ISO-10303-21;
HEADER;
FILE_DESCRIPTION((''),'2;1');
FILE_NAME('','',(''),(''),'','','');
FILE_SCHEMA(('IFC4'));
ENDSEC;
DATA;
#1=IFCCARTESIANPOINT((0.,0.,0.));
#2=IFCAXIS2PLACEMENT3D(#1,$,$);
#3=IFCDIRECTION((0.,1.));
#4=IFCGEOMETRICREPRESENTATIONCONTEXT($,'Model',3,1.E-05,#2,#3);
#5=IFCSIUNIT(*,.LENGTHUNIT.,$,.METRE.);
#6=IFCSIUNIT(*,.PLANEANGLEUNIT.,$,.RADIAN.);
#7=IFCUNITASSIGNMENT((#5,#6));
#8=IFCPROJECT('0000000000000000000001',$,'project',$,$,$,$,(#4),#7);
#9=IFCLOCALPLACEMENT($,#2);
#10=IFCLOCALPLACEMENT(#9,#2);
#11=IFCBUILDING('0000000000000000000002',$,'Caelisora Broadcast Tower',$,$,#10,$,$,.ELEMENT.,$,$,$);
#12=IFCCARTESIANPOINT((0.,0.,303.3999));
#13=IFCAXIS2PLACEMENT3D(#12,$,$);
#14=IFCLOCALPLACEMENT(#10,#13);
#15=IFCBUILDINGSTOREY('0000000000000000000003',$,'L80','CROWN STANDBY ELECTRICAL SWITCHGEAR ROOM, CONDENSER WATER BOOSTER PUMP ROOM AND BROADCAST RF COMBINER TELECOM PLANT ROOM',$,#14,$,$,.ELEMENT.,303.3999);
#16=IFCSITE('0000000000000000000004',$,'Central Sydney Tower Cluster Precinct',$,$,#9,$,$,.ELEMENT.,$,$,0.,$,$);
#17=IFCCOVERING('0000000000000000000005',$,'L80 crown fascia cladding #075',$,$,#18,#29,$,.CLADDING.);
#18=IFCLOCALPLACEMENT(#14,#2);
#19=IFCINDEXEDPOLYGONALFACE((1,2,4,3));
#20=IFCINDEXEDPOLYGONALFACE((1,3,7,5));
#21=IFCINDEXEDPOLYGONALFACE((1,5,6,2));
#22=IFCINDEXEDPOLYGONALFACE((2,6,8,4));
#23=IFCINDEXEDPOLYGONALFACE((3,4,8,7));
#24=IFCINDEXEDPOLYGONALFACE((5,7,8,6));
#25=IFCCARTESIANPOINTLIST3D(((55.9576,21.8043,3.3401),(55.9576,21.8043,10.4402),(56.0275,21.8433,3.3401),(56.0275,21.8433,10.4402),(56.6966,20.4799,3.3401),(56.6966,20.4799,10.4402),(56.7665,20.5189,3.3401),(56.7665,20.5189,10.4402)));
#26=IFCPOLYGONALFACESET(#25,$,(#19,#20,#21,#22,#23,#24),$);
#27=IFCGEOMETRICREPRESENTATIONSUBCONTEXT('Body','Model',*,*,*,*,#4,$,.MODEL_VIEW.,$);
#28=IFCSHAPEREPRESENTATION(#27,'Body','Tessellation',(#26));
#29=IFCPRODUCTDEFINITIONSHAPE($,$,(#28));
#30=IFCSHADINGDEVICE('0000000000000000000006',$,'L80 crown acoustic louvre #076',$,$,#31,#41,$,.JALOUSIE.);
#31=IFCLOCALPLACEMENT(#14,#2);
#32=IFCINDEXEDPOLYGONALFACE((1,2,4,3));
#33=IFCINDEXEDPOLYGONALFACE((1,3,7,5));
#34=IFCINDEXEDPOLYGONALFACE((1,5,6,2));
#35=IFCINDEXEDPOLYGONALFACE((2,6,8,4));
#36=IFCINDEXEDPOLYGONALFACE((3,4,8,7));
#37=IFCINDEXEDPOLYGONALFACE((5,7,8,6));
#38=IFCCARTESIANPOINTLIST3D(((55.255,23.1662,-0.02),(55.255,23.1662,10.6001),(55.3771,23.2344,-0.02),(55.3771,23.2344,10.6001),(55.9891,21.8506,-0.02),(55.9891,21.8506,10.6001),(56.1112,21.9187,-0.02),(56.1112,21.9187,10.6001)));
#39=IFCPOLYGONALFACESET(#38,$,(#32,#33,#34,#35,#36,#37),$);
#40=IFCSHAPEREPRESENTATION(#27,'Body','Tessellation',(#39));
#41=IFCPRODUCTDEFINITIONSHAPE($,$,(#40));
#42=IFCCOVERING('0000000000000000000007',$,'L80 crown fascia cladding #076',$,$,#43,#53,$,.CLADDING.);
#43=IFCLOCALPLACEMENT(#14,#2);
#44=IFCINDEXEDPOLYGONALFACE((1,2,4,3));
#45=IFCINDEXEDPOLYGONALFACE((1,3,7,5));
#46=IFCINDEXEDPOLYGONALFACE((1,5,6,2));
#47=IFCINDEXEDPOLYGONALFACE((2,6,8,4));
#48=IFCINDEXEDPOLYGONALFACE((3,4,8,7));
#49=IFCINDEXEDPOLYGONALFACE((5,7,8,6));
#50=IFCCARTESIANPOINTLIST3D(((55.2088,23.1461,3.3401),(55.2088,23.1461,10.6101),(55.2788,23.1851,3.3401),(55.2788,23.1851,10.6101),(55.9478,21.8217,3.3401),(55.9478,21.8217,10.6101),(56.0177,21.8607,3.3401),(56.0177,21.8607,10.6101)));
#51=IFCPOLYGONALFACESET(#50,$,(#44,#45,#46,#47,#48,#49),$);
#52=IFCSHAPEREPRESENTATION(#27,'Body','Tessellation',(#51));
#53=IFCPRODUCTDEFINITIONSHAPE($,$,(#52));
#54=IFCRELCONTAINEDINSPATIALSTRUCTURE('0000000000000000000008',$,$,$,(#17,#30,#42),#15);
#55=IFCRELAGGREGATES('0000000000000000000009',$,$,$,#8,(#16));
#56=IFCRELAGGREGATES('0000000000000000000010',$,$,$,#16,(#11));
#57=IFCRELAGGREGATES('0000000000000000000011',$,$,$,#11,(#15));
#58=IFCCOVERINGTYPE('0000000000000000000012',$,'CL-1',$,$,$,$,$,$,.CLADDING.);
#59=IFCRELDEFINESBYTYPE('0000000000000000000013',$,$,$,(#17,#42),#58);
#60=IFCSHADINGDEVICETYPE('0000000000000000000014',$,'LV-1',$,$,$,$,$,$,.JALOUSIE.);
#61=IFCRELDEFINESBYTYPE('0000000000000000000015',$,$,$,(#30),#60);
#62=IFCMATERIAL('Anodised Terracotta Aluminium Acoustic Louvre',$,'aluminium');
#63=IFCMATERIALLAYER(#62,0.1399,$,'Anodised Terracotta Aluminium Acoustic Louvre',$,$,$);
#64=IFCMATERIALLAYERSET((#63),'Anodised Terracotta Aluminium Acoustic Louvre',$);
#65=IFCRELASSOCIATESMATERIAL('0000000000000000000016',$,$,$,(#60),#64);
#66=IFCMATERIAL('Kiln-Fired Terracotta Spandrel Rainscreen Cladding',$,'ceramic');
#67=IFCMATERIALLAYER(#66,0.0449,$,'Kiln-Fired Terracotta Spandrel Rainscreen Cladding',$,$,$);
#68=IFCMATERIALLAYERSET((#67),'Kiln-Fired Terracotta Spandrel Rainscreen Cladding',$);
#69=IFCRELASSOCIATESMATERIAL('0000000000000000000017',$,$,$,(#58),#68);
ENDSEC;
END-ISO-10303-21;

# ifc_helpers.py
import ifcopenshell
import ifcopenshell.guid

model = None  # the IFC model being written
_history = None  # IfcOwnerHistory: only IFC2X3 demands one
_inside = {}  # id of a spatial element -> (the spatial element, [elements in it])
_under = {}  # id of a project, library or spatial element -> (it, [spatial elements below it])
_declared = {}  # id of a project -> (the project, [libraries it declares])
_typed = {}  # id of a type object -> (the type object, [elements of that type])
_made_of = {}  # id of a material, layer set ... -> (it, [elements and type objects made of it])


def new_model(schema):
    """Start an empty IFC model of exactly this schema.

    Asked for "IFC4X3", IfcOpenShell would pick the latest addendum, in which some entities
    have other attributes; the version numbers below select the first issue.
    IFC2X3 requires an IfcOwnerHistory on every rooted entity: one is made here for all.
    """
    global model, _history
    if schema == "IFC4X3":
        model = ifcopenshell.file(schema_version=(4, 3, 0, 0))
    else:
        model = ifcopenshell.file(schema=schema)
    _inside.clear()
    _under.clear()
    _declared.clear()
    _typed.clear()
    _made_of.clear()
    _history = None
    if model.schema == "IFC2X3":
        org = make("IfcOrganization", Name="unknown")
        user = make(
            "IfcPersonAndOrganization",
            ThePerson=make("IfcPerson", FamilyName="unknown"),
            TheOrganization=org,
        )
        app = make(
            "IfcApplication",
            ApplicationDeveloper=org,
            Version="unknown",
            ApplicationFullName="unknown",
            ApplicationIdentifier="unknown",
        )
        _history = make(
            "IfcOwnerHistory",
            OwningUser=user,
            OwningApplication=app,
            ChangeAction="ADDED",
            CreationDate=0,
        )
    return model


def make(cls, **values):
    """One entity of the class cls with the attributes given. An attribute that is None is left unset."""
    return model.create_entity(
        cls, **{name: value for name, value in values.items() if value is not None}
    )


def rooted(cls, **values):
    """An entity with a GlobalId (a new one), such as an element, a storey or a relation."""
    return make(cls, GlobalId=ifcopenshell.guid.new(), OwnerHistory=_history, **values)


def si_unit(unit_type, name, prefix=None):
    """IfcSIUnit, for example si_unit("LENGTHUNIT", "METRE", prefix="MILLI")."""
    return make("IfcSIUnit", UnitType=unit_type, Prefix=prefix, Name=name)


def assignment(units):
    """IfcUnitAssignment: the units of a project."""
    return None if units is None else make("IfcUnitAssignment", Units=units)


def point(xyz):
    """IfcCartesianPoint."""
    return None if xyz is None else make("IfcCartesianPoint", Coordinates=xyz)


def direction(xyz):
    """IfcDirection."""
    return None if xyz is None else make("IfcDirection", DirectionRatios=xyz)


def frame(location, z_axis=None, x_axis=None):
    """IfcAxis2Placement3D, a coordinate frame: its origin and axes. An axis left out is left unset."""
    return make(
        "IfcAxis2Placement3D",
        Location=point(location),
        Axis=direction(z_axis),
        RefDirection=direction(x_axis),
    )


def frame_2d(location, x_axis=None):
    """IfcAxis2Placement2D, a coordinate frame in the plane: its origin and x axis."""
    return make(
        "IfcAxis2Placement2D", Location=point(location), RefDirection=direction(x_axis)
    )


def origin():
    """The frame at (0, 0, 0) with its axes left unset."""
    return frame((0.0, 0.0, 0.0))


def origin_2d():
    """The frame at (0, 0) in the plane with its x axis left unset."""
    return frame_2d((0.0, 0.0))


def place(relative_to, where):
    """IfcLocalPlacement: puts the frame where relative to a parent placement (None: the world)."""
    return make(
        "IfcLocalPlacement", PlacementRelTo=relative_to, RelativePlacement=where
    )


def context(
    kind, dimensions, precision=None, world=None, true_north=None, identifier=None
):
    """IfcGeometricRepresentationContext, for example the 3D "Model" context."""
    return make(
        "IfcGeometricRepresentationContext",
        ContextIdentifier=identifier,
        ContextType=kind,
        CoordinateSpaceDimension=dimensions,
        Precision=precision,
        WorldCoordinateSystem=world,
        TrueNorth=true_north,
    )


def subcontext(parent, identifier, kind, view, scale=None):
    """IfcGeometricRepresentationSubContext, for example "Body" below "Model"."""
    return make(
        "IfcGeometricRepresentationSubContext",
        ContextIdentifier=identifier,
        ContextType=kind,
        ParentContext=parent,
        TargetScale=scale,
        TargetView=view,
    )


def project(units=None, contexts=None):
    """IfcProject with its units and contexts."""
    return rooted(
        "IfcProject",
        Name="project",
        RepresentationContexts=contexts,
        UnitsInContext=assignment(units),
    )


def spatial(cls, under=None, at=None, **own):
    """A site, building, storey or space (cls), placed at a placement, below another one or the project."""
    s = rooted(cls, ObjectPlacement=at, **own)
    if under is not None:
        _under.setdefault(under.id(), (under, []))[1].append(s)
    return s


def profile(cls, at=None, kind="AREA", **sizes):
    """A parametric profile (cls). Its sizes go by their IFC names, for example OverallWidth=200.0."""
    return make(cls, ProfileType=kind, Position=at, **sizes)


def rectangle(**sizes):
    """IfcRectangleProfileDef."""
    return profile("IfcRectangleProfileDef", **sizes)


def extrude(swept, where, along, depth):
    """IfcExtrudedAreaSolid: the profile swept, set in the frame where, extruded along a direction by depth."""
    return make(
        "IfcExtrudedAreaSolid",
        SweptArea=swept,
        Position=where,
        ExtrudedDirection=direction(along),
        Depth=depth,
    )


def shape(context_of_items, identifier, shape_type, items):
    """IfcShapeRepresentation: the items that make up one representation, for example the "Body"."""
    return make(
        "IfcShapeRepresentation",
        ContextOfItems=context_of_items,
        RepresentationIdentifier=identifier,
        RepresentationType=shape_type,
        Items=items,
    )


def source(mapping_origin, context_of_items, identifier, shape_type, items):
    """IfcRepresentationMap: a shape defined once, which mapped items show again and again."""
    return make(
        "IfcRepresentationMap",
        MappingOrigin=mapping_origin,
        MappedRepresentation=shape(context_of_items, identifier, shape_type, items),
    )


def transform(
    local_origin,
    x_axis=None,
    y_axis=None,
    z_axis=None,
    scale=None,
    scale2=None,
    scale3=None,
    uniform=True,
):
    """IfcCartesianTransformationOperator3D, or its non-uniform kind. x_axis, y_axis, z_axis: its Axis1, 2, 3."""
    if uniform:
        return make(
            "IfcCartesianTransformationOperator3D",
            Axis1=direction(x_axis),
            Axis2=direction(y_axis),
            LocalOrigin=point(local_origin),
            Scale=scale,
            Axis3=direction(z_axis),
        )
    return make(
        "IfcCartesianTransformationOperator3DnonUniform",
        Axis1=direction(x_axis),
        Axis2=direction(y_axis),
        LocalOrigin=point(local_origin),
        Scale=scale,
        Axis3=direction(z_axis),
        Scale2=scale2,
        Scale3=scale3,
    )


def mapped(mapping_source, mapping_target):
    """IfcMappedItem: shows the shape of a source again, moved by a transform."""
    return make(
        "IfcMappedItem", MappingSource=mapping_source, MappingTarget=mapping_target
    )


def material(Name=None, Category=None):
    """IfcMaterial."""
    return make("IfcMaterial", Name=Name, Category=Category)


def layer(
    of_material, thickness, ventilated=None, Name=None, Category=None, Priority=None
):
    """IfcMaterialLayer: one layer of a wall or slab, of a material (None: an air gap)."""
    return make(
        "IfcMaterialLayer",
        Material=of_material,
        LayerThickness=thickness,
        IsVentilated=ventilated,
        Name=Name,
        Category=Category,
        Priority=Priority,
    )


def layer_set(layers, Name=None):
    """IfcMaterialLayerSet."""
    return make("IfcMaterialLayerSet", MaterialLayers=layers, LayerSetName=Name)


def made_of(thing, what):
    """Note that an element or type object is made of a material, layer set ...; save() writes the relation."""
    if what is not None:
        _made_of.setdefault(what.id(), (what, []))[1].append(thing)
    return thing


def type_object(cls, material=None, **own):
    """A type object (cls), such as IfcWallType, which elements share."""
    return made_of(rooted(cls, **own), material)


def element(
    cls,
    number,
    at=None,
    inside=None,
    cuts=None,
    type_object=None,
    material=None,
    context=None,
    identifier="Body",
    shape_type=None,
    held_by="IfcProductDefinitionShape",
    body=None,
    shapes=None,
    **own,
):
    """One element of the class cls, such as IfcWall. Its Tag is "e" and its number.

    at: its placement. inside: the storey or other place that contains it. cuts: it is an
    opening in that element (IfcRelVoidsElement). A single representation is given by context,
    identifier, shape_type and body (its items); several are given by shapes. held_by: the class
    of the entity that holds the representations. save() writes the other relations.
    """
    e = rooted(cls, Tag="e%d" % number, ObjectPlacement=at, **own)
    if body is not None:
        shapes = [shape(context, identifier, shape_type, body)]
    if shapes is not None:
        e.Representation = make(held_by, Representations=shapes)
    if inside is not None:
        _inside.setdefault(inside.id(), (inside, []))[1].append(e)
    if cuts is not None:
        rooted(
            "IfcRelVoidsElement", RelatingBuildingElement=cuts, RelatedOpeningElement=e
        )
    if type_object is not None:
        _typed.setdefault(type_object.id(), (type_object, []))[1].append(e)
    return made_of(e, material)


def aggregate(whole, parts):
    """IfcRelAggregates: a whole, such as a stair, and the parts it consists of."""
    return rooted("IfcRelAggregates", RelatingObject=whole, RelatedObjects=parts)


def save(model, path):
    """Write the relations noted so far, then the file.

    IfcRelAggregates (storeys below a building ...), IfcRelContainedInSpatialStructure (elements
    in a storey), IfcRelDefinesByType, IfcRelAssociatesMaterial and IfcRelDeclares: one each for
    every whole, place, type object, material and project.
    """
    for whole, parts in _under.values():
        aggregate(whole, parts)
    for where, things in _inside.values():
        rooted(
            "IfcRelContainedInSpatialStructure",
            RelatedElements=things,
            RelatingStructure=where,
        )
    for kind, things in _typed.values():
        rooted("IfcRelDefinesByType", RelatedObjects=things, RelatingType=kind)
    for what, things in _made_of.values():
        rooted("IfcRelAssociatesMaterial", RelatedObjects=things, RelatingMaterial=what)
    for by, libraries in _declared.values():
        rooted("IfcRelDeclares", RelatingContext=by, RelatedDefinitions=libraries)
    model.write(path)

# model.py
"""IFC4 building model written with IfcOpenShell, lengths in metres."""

from ifc_helpers import new_model, si_unit, direction, frame, origin, origin_2d, place, context, subcontext, project, spatial, rectangle, extrude, source, transform, mapped, material, layer, layer_set, type_object, element, save


model = new_model("IFC4")

# Units and contexts
model_context = context("Model", 3, precision=1e-05, world=origin(), true_north=direction((0.0, 1.0)))
body_context = subcontext(model_context, "Body", "Model", "MODEL_VIEW")
ifc_project = project(units=[si_unit("LENGTHUNIT", "METRE"), si_unit("PLANEANGLEUNIT", "RADIAN")], contexts=[model_context])

# Site, building, storey
site_placement = place(None, origin())
site = spatial("IfcSite", under=ifc_project, at=site_placement, Name="Central Sydney Tower Cluster Precinct", CompositionType="ELEMENT", RefElevation=0.0)
building_placement = place(site_placement, origin())
building = spatial("IfcBuilding", under=site, at=building_placement, Name="Caelisora Broadcast Tower", CompositionType="ELEMENT")
storey_placement = place(building_placement, frame((0.0, 0.0, 303.3999)))
storey = spatial("IfcBuildingStorey", under=building, at=storey_placement, Name="L80", Description="CROWN STANDBY ELECTRICAL SWITCHGEAR ROOM, CONDENSER WATER BOOSTER PUMP ROOM AND BROADCAST RF COMBINER TELECOM PLANT ROOM", CompositionType="ELEMENT", Elevation=303.3999)

# Shared definitions
ifc_material_1 = material(Name="Anodised Terracotta Aluminium Acoustic Louvre", Category="aluminium")
ifc_layer_1 = layer(ifc_material_1, 0.1399, Name="Anodised Terracotta Aluminium Acoustic Louvre")
ifc_layer_set_1 = layer_set([ifc_layer_1], Name="Anodised Terracotta Aluminium Acoustic Louvre")
shading_device_type = type_object("IfcShadingDeviceType", Name="LV-1", PredefinedType="JALOUSIE", material=ifc_layer_set_1)

# Shared definitions
ifc_material_2 = material(Name="Kiln-Fired Terracotta Spandrel Rainscreen Cladding", Category="ceramic")
ifc_layer_2 = layer(ifc_material_2, 0.0449, Name="Kiln-Fired Terracotta Spandrel Rainscreen Cladding")
ifc_layer_set_2 = layer_set([ifc_layer_2], Name="Kiln-Fired Terracotta Spandrel Rainscreen Cladding")
covering_type = type_object("IfcCoveringType", Name="CL-1", PredefinedType="CLADDING", material=ifc_layer_set_2)

# Covering
shared_shape_1 = source(origin(), body_context, "Body", "SweptSolid", [
    extrude(rectangle(XDim=1.5166, YDim=0.0801, at=origin_2d()), origin(), (0.0, 0.0, 1.0), 7.1001),
])
covering_1_placement = place(storey_placement, frame((56.3621, 21.1616, 3.3401), z_axis=(0.0, 0.0, 1.0), x_axis=(-0.48725, 0.873262, 0.0)))
element("IfcCovering", 1, at=covering_1_placement, inside=storey, type_object=covering_type, Name="L80 crown fascia cladding #075", PredefinedType="CLADDING", context=body_context, shape_type="MappedRepresentation", body=[
    mapped(shared_shape_1, transform((0.0, 0.0, 0.0), scale=1.0)),
])

# Shading device
shared_shape_2 = source(origin(), body_context, "Body", "SweptSolid", [
    extrude(rectangle(XDim=1.5066, YDim=0.1399, at=origin_2d()), origin(), (0.0, 0.0, 1.0), 10.6201),
])
shading_device_1_placement = place(storey_placement, frame((55.6831, 22.5425, -0.02), z_axis=(0.0, 0.0, 1.0), x_axis=(-0.48725, 0.873262, 0.0)))
element("IfcShadingDevice", 2, at=shading_device_1_placement, inside=storey, type_object=shading_device_type, Name="L80 crown acoustic louvre #076", PredefinedType="JALOUSIE", context=body_context, shape_type="MappedRepresentation", body=[
    mapped(shared_shape_2, transform((0.0, 0.0, 0.0), scale=1.0)),
])

# Covering
shared_shape_3 = source(origin(), body_context, "Body", "SweptSolid", [
    extrude(rectangle(XDim=1.5166, YDim=0.0801, at=origin_2d()), origin(), (0.0, 0.0, 1.0), 7.27),
])
covering_2_placement = place(storey_placement, frame((55.6133, 22.5034, 3.3401), z_axis=(0.0, 0.0, 1.0), x_axis=(-0.48725, 0.873262, 0.0)))
element("IfcCovering", 3, at=covering_2_placement, inside=storey, type_object=covering_type, Name="L80 crown fascia cladding #076", PredefinedType="CLADDING", context=body_context, shape_type="MappedRepresentation", body=[
    mapped(shared_shape_3, transform((0.0, 0.0, 0.0), scale=1.0)),
])

save(model, "model.ifc")
